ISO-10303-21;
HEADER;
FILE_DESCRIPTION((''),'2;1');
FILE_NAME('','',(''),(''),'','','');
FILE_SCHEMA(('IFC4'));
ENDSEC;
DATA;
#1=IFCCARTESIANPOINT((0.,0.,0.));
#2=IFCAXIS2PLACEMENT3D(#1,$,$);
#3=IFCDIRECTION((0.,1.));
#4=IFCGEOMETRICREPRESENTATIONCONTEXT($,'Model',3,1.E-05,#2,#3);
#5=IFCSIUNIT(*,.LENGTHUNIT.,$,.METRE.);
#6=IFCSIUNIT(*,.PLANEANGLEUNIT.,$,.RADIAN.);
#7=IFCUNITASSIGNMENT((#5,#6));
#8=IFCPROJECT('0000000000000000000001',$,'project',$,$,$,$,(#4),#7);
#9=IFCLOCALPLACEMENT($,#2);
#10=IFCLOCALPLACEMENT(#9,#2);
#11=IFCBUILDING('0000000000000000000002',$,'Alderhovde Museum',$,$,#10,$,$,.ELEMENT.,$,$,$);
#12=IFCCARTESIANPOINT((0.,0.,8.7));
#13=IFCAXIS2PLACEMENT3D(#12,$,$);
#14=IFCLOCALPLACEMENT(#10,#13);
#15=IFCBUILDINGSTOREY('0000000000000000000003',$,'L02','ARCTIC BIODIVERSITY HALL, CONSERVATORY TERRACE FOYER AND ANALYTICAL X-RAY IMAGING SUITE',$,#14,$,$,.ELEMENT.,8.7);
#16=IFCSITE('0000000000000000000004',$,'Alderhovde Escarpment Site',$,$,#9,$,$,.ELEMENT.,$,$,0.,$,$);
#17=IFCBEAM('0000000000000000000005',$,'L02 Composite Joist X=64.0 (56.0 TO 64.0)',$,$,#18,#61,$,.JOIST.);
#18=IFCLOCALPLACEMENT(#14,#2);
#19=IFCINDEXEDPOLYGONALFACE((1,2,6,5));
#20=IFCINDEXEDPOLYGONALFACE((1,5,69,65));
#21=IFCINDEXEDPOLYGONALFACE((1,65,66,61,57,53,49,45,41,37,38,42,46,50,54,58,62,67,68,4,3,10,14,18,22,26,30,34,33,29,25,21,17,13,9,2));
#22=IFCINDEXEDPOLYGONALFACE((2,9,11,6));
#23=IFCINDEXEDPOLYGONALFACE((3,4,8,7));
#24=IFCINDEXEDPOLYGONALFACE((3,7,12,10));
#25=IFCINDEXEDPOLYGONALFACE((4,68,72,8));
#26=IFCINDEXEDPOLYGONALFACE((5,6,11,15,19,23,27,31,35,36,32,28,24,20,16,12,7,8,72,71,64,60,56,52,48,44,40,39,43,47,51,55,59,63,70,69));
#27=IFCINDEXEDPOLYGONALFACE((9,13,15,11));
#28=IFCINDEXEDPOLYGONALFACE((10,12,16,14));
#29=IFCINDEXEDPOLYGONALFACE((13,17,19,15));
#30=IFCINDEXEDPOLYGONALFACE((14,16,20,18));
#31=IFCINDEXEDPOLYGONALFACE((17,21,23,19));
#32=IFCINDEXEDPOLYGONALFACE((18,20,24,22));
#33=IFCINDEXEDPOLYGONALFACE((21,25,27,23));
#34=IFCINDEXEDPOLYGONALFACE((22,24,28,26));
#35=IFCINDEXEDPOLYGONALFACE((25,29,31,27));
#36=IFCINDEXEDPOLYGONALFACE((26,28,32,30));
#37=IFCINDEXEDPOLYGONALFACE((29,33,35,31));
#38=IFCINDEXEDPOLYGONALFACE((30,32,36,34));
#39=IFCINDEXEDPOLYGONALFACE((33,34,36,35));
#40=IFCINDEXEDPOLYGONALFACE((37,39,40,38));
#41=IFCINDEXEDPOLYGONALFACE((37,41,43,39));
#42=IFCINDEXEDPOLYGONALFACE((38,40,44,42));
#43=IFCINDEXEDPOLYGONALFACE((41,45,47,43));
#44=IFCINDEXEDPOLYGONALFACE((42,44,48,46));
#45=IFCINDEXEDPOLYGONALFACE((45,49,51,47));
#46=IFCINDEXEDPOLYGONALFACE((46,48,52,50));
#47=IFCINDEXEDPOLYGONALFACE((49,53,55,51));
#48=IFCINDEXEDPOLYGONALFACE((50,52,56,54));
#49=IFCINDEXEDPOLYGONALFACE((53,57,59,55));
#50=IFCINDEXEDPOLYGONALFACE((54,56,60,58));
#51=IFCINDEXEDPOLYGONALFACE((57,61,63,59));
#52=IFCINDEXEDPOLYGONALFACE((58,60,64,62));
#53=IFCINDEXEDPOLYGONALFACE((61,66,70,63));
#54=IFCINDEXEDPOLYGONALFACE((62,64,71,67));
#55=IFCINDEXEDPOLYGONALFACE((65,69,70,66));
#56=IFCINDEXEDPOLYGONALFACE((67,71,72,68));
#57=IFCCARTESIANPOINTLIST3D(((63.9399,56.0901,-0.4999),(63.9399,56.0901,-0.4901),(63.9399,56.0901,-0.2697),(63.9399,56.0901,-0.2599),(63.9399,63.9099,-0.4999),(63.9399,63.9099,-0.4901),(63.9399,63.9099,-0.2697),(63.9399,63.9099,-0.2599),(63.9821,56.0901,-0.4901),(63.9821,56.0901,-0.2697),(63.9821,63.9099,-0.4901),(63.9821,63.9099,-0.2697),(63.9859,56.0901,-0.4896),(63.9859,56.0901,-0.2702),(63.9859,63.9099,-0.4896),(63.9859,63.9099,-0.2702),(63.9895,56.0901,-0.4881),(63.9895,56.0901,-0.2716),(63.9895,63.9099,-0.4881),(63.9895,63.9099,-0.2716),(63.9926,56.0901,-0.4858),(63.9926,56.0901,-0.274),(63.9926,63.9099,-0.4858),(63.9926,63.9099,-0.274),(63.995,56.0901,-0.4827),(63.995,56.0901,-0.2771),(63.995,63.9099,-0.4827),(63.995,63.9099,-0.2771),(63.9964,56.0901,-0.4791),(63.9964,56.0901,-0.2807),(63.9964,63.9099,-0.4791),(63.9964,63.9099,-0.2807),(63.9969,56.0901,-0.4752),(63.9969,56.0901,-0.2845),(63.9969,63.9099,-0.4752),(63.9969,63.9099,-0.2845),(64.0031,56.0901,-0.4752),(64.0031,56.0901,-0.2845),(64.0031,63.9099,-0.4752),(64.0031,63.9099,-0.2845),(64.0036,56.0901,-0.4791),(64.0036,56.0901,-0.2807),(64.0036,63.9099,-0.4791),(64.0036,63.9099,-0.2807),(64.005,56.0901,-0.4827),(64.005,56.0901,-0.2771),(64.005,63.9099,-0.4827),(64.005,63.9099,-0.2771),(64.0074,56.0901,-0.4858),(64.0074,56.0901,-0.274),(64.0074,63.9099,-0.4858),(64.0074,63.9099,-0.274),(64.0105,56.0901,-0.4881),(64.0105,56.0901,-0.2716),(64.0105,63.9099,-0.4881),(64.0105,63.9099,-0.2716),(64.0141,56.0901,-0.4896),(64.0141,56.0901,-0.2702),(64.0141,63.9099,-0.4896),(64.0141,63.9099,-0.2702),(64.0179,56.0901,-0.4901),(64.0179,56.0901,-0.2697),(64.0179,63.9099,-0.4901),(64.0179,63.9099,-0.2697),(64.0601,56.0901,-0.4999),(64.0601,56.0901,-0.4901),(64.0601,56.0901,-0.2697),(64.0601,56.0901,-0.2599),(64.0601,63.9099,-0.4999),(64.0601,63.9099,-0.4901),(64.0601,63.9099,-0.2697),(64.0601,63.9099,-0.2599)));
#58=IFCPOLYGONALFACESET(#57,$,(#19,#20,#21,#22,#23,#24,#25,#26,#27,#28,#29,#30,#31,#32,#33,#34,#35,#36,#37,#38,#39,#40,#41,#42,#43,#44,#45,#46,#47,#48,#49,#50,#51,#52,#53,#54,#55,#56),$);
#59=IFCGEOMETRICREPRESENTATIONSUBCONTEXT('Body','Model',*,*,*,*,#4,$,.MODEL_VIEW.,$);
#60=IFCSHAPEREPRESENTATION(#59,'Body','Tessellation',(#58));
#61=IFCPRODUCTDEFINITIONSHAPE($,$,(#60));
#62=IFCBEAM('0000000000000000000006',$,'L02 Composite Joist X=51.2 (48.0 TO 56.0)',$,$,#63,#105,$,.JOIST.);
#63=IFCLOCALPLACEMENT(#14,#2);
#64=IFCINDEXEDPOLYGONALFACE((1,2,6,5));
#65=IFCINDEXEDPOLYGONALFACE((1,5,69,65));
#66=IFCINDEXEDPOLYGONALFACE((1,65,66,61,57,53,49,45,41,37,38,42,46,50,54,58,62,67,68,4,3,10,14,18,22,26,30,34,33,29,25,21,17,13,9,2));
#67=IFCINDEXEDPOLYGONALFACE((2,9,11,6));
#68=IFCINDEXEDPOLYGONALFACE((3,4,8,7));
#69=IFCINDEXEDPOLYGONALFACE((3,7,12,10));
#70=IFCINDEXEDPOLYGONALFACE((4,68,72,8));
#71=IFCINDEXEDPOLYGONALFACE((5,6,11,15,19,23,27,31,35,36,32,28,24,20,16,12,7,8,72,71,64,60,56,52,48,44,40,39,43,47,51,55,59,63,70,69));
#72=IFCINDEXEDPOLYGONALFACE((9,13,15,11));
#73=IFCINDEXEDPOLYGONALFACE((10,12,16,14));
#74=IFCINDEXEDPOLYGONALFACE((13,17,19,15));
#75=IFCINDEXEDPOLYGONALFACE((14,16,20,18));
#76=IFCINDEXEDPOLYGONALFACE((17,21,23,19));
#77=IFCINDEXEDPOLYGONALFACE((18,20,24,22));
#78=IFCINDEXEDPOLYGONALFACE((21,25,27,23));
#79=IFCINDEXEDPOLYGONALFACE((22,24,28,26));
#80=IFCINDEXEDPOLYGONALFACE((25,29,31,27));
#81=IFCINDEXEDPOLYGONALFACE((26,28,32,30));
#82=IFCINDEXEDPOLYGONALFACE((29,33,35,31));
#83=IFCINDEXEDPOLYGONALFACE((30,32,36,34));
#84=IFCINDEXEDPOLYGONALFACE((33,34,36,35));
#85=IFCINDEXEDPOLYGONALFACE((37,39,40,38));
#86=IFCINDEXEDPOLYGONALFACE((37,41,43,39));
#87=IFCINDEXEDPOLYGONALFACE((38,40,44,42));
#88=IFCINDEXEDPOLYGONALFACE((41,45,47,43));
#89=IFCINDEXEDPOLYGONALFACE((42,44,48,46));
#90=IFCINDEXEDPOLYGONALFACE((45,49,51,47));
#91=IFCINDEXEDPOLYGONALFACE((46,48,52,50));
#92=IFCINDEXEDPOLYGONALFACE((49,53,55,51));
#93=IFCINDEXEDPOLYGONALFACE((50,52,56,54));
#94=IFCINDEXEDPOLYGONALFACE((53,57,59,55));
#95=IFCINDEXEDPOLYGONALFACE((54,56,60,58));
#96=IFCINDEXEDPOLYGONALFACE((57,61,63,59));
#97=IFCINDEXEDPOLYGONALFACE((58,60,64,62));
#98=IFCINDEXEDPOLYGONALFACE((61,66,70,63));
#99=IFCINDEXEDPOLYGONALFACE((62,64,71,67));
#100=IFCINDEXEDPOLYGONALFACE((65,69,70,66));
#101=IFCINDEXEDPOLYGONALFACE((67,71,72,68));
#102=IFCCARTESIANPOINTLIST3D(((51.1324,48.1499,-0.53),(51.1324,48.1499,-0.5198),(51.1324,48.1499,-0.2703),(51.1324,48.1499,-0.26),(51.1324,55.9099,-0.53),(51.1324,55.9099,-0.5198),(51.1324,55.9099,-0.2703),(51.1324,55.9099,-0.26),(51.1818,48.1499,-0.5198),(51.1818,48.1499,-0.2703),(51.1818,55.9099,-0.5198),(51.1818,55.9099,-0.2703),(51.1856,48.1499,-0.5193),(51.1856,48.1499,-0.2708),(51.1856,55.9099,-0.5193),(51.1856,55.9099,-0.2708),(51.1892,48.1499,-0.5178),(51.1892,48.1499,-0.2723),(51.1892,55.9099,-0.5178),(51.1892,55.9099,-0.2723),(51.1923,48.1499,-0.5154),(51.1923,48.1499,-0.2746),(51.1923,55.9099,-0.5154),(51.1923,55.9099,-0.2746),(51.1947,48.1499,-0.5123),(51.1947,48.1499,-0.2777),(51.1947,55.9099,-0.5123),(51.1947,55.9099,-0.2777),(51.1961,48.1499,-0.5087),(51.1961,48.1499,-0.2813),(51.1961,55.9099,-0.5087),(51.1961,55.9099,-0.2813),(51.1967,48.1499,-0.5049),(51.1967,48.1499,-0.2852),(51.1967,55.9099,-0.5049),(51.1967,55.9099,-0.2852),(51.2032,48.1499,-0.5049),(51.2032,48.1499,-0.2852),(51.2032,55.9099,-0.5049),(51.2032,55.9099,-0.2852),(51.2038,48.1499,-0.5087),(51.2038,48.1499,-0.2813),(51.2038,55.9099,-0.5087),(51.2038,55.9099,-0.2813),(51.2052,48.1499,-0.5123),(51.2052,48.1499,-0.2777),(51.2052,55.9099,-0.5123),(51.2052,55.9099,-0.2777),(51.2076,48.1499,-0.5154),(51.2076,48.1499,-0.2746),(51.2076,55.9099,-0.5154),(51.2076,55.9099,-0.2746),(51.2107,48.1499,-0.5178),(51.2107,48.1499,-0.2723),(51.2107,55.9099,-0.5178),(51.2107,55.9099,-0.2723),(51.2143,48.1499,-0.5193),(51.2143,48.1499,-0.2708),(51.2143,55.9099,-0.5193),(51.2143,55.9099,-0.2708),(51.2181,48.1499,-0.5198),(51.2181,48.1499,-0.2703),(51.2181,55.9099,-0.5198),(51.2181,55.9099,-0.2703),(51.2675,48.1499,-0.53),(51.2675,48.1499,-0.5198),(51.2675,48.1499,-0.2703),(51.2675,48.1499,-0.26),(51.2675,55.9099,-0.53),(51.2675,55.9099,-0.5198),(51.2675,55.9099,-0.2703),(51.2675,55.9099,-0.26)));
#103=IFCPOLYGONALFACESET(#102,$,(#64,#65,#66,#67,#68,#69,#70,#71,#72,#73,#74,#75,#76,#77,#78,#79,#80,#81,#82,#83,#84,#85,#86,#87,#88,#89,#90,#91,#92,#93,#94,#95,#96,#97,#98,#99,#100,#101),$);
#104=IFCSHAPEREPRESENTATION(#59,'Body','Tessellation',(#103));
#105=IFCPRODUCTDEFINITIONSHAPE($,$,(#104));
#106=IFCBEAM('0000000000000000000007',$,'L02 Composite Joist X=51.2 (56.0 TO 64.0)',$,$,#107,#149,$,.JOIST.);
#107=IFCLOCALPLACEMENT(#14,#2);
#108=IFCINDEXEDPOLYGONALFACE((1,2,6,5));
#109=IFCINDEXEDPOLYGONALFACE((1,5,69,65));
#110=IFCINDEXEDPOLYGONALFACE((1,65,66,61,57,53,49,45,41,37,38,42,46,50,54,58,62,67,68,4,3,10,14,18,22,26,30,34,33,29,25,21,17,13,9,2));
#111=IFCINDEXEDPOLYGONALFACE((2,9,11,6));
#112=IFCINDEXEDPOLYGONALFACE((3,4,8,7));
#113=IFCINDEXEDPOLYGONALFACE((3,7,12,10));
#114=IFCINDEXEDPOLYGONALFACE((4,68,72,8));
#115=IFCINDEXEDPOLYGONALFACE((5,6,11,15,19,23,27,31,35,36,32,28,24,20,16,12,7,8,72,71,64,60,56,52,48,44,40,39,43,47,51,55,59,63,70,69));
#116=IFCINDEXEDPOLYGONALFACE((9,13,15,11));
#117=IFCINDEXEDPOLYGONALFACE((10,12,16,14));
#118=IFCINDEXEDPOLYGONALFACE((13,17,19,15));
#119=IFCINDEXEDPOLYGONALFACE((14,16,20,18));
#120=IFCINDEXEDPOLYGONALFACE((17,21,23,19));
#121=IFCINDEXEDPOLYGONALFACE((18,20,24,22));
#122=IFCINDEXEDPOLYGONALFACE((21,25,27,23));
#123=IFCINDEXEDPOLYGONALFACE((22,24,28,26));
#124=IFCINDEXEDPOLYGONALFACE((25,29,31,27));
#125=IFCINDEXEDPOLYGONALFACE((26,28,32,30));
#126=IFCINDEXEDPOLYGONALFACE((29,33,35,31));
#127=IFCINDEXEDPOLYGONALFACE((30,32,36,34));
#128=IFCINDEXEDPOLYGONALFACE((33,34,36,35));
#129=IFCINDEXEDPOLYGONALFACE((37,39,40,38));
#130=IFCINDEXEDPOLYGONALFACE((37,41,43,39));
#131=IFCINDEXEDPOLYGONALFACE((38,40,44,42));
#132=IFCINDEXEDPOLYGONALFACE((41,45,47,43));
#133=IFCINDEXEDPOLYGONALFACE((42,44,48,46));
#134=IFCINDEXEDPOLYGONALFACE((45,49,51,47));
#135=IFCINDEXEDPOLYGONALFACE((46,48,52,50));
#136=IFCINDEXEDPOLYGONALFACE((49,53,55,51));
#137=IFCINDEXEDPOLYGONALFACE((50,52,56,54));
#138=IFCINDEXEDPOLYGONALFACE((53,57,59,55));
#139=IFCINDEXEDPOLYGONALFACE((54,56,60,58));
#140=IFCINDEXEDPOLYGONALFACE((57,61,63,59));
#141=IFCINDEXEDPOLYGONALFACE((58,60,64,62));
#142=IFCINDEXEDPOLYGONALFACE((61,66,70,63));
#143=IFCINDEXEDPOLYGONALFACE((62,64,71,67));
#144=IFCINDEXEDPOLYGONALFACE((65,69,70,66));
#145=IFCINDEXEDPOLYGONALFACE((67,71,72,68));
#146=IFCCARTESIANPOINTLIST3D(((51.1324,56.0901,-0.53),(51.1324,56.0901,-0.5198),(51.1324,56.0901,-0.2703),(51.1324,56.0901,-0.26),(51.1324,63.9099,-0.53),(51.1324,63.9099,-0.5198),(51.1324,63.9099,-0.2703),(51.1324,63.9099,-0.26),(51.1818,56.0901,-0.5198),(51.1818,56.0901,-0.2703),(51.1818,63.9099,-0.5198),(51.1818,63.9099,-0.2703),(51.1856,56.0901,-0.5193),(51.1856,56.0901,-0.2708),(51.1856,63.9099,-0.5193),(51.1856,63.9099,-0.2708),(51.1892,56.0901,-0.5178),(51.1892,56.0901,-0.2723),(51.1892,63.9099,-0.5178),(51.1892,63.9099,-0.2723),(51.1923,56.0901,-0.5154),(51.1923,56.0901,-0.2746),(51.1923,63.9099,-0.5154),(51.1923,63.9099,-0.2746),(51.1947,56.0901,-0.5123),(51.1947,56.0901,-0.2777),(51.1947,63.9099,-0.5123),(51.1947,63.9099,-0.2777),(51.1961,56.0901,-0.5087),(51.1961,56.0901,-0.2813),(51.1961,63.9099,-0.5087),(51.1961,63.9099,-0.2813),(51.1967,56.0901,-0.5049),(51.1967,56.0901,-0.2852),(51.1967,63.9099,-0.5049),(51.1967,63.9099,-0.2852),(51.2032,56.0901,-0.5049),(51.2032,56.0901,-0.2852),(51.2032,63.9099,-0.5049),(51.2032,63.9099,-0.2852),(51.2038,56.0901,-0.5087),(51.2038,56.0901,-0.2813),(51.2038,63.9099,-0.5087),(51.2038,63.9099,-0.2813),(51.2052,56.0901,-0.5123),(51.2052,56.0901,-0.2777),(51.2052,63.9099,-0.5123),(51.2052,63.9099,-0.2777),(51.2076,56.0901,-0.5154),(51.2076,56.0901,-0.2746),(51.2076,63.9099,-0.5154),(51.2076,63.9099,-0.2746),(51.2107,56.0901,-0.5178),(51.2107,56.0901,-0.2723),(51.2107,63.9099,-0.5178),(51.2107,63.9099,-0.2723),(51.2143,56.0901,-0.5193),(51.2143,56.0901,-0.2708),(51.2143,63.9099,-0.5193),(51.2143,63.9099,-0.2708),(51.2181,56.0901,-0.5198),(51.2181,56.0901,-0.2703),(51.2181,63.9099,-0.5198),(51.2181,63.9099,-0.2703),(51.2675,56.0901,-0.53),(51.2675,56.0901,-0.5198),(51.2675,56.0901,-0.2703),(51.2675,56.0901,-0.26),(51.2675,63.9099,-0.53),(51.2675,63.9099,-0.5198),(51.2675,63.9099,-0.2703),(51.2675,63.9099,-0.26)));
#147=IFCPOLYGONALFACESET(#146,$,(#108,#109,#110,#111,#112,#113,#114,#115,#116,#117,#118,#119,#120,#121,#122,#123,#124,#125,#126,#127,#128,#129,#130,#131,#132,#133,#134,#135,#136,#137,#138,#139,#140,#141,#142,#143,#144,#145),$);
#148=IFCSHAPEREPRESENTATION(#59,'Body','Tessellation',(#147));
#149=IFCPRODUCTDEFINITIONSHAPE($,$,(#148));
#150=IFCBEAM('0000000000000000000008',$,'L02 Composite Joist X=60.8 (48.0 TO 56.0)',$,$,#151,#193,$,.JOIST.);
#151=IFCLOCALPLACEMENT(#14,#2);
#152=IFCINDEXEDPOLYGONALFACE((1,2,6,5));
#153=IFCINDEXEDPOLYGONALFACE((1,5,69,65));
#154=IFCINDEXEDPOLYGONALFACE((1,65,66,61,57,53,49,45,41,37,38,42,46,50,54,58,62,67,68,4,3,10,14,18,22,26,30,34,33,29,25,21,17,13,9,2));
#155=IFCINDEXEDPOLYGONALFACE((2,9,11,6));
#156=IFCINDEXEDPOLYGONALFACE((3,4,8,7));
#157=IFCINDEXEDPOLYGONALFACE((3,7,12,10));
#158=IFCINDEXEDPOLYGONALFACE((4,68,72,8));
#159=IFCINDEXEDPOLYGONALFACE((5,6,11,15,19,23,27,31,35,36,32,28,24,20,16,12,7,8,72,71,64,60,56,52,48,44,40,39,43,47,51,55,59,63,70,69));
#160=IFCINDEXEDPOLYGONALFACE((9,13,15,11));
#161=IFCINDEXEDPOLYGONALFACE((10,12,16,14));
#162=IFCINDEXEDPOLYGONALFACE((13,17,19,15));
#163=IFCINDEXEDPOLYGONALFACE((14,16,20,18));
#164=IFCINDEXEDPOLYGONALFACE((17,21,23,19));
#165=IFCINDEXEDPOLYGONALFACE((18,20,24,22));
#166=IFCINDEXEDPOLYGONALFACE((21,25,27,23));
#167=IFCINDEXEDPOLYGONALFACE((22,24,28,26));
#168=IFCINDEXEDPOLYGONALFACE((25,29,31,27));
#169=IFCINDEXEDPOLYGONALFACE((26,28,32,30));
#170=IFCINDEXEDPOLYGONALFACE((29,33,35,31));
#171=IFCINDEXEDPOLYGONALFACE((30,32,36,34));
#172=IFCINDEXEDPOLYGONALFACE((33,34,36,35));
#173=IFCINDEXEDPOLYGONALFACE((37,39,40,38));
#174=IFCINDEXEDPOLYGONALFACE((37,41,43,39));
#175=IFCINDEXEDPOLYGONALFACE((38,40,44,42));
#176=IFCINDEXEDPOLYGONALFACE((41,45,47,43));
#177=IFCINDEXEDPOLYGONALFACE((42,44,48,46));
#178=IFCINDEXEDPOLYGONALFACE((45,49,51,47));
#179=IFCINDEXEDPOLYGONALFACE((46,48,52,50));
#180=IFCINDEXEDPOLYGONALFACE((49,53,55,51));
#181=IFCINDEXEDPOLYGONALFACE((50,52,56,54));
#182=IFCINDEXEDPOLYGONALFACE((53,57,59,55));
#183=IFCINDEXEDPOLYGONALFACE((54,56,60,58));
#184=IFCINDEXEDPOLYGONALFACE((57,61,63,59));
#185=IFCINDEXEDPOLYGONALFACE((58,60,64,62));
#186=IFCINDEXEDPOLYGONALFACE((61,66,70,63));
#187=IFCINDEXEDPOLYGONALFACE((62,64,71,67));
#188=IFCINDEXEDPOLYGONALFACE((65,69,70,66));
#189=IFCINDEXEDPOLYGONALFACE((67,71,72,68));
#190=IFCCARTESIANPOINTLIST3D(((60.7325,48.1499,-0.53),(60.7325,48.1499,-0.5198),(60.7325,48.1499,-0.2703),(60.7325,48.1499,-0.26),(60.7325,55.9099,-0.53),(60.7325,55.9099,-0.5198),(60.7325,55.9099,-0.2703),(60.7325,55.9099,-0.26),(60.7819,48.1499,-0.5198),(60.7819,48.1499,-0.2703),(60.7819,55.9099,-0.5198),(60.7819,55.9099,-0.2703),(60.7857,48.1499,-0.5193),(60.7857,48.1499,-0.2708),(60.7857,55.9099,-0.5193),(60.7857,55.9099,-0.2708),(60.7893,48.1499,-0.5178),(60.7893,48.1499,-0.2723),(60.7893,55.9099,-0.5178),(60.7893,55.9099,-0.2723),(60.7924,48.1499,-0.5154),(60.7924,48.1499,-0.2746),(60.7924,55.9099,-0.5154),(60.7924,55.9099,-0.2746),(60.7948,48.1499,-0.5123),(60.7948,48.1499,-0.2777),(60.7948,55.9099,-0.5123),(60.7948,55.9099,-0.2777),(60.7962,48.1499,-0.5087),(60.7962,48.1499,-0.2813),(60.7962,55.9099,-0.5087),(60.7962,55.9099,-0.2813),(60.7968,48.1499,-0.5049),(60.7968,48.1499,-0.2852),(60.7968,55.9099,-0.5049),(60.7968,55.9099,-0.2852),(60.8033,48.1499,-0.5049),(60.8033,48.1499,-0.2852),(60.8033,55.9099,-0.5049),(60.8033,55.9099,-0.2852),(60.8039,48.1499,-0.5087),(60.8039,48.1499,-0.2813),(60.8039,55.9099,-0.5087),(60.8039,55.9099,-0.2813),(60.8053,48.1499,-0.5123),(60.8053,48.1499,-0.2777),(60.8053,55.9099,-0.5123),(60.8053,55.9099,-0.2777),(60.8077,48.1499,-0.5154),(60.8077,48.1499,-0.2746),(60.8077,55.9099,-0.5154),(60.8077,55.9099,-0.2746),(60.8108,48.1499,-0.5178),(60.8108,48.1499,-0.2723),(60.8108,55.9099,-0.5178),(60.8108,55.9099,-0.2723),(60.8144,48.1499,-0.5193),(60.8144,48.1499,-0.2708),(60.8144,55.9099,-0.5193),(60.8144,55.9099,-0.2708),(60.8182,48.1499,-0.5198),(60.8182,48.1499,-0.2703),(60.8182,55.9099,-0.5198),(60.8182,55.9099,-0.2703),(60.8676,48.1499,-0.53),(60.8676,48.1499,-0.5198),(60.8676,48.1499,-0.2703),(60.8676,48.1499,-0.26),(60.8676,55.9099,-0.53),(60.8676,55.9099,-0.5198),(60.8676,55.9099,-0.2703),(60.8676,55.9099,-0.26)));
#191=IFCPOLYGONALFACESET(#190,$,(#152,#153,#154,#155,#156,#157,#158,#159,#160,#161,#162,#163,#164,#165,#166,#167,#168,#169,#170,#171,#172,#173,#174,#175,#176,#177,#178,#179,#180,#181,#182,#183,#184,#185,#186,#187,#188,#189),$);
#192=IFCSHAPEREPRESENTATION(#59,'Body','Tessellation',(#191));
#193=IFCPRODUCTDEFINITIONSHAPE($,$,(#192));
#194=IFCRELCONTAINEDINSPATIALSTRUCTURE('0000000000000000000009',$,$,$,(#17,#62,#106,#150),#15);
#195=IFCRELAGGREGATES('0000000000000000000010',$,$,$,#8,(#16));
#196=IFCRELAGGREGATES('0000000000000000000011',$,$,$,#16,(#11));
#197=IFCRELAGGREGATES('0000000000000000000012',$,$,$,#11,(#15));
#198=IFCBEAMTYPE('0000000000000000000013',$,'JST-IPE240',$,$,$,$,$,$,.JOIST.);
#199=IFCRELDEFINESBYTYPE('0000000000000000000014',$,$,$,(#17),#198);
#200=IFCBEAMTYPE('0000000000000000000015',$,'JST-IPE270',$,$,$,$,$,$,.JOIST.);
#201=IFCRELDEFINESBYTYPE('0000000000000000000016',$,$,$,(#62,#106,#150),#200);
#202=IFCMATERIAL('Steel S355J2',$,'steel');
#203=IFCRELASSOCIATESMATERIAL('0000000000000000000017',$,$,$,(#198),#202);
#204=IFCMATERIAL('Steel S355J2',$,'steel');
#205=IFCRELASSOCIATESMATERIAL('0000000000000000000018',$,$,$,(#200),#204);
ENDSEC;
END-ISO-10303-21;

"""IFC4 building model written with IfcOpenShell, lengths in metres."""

from ifc_helpers import new_model, si_unit, direction, frame, origin, origin_2d, place, context, subcontext, project, spatial, i_section, extrude, material, material_profile, profile_set, type_object, element, save


model = new_model("IFC4")

# Units and contexts
model_context = context("Model", 3, precision=1e-05, world=origin(), true_north=direction((0.0, 1.0)))
body_context = subcontext(model_context, "Body", "Model", "MODEL_VIEW")
ifc_project = project(units=[si_unit("LENGTHUNIT", "METRE"), si_unit("PLANEANGLEUNIT", "RADIAN")], contexts=[model_context])

# Site, building, storey
site_placement = place(None, origin())
site = spatial("IfcSite", under=ifc_project, at=site_placement, Name="Alderhovde Escarpment Site", CompositionType="ELEMENT", RefElevation=0.0)
building_placement = place(site_placement, origin())
building = spatial("IfcBuilding", under=site, at=building_placement, Name="Alderhovde Museum", CompositionType="ELEMENT")
storey_placement = place(building_placement, frame((0.0, 0.0, 8.7)))
storey = spatial("IfcBuildingStorey", under=building, at=storey_placement, Name="L02", Description="ARCTIC BIODIVERSITY HALL, CONSERVATORY TERRACE FOYER AND ANALYTICAL X-RAY IMAGING SUITE", CompositionType="ELEMENT", Elevation=8.7)

# Beams
ifc_material_1 = material(Name="Steel S355J2", Category="steel")
ifc_material_profile_1 = material_profile(ifc_material_1, i_section(OverallWidth=0.1201, OverallDepth=0.24, WebThickness=0.0061, FlangeThickness=0.0098, FilletRadius=0.0149, at=origin_2d()), Name="IPE 240")
ifc_profile_set_1 = profile_set([ifc_material_profile_1], Name="Steel S355J2")
beam_type_1 = type_object("IfcBeamType", Name="JST-IPE240", PredefinedType="JOIST", material=ifc_profile_set_1)
beam_1_placement = place(storey_placement, frame((64.0, 56.0901, -0.3799), z_axis=(0.0, 1.0, 0.0), x_axis=(-1.0, 0.0, 0.0)))
element("IfcBeam", 1, at=beam_1_placement, inside=storey, type_object=beam_type_1, Name="L02 Composite Joist X=64.0 (56.0 TO 64.0)", PredefinedType="JOIST", context=body_context, shape_type="SweptSolid", body=[
    extrude(i_section(OverallWidth=0.1201, OverallDepth=0.24, WebThickness=0.0061, FlangeThickness=0.0098, FilletRadius=0.0149, at=origin_2d()), origin(), (0.0, 0.0, 1.0), 7.8198),
])
ifc_material_2 = material(Name="Steel S355J2", Category="steel")
ifc_material_profile_2 = material_profile(ifc_material_2, i_section(OverallWidth=0.135, OverallDepth=0.27, WebThickness=0.0066, FlangeThickness=0.0103, FilletRadius=0.0149, at=origin_2d()), Name="IPE 270")
ifc_profile_set_2 = profile_set([ifc_material_profile_2], Name="Steel S355J2")
beam_type_2 = type_object("IfcBeamType", Name="JST-IPE270", PredefinedType="JOIST", material=ifc_profile_set_2)
beam_2_placement = place(storey_placement, frame((51.2, 48.1499, -0.395), z_axis=(0.0, 1.0, 0.0), x_axis=(-1.0, 0.0, 0.0)))
element("IfcBeam", 2, at=beam_2_placement, inside=storey, type_object=beam_type_2, Name="L02 Composite Joist X=51.2 (48.0 TO 56.0)", PredefinedType="JOIST", context=body_context, shape_type="SweptSolid", body=[
    extrude(i_section(OverallWidth=0.135, OverallDepth=0.27, WebThickness=0.0066, FlangeThickness=0.0103, FilletRadius=0.0149, at=origin_2d()), origin(), (0.0, 0.0, 1.0), 7.76),
])
beam_3_placement = place(storey_placement, frame((51.2, 56.0901, -0.395), z_axis=(0.0, 1.0, 0.0), x_axis=(-1.0, 0.0, 0.0)))
element("IfcBeam", 3, at=beam_3_placement, inside=storey, type_object=beam_type_2, Name="L02 Composite Joist X=51.2 (56.0 TO 64.0)", PredefinedType="JOIST", context=body_context, shape_type="SweptSolid", body=[
    extrude(i_section(OverallWidth=0.135, OverallDepth=0.27, WebThickness=0.0066, FlangeThickness=0.0103, FilletRadius=0.0149, at=origin_2d()), origin(), (0.0, 0.0, 1.0), 7.8198),
])
beam_4_placement = place(storey_placement, frame((60.8, 48.1499, -0.395), z_axis=(0.0, 1.0, 0.0), x_axis=(-1.0, 0.0, 0.0)))
element("IfcBeam", 4, at=beam_4_placement, inside=storey, type_object=beam_type_2, Name="L02 Composite Joist X=60.8 (48.0 TO 56.0)", PredefinedType="JOIST", context=body_context, shape_type="SweptSolid", body=[
    extrude(i_section(OverallWidth=0.135, OverallDepth=0.27, WebThickness=0.0066, FlangeThickness=0.0103, FilletRadius=0.0149, at=origin_2d()), origin(), (0.0, 0.0, 1.0), 7.76),
])

save(model, "model.ifc")
